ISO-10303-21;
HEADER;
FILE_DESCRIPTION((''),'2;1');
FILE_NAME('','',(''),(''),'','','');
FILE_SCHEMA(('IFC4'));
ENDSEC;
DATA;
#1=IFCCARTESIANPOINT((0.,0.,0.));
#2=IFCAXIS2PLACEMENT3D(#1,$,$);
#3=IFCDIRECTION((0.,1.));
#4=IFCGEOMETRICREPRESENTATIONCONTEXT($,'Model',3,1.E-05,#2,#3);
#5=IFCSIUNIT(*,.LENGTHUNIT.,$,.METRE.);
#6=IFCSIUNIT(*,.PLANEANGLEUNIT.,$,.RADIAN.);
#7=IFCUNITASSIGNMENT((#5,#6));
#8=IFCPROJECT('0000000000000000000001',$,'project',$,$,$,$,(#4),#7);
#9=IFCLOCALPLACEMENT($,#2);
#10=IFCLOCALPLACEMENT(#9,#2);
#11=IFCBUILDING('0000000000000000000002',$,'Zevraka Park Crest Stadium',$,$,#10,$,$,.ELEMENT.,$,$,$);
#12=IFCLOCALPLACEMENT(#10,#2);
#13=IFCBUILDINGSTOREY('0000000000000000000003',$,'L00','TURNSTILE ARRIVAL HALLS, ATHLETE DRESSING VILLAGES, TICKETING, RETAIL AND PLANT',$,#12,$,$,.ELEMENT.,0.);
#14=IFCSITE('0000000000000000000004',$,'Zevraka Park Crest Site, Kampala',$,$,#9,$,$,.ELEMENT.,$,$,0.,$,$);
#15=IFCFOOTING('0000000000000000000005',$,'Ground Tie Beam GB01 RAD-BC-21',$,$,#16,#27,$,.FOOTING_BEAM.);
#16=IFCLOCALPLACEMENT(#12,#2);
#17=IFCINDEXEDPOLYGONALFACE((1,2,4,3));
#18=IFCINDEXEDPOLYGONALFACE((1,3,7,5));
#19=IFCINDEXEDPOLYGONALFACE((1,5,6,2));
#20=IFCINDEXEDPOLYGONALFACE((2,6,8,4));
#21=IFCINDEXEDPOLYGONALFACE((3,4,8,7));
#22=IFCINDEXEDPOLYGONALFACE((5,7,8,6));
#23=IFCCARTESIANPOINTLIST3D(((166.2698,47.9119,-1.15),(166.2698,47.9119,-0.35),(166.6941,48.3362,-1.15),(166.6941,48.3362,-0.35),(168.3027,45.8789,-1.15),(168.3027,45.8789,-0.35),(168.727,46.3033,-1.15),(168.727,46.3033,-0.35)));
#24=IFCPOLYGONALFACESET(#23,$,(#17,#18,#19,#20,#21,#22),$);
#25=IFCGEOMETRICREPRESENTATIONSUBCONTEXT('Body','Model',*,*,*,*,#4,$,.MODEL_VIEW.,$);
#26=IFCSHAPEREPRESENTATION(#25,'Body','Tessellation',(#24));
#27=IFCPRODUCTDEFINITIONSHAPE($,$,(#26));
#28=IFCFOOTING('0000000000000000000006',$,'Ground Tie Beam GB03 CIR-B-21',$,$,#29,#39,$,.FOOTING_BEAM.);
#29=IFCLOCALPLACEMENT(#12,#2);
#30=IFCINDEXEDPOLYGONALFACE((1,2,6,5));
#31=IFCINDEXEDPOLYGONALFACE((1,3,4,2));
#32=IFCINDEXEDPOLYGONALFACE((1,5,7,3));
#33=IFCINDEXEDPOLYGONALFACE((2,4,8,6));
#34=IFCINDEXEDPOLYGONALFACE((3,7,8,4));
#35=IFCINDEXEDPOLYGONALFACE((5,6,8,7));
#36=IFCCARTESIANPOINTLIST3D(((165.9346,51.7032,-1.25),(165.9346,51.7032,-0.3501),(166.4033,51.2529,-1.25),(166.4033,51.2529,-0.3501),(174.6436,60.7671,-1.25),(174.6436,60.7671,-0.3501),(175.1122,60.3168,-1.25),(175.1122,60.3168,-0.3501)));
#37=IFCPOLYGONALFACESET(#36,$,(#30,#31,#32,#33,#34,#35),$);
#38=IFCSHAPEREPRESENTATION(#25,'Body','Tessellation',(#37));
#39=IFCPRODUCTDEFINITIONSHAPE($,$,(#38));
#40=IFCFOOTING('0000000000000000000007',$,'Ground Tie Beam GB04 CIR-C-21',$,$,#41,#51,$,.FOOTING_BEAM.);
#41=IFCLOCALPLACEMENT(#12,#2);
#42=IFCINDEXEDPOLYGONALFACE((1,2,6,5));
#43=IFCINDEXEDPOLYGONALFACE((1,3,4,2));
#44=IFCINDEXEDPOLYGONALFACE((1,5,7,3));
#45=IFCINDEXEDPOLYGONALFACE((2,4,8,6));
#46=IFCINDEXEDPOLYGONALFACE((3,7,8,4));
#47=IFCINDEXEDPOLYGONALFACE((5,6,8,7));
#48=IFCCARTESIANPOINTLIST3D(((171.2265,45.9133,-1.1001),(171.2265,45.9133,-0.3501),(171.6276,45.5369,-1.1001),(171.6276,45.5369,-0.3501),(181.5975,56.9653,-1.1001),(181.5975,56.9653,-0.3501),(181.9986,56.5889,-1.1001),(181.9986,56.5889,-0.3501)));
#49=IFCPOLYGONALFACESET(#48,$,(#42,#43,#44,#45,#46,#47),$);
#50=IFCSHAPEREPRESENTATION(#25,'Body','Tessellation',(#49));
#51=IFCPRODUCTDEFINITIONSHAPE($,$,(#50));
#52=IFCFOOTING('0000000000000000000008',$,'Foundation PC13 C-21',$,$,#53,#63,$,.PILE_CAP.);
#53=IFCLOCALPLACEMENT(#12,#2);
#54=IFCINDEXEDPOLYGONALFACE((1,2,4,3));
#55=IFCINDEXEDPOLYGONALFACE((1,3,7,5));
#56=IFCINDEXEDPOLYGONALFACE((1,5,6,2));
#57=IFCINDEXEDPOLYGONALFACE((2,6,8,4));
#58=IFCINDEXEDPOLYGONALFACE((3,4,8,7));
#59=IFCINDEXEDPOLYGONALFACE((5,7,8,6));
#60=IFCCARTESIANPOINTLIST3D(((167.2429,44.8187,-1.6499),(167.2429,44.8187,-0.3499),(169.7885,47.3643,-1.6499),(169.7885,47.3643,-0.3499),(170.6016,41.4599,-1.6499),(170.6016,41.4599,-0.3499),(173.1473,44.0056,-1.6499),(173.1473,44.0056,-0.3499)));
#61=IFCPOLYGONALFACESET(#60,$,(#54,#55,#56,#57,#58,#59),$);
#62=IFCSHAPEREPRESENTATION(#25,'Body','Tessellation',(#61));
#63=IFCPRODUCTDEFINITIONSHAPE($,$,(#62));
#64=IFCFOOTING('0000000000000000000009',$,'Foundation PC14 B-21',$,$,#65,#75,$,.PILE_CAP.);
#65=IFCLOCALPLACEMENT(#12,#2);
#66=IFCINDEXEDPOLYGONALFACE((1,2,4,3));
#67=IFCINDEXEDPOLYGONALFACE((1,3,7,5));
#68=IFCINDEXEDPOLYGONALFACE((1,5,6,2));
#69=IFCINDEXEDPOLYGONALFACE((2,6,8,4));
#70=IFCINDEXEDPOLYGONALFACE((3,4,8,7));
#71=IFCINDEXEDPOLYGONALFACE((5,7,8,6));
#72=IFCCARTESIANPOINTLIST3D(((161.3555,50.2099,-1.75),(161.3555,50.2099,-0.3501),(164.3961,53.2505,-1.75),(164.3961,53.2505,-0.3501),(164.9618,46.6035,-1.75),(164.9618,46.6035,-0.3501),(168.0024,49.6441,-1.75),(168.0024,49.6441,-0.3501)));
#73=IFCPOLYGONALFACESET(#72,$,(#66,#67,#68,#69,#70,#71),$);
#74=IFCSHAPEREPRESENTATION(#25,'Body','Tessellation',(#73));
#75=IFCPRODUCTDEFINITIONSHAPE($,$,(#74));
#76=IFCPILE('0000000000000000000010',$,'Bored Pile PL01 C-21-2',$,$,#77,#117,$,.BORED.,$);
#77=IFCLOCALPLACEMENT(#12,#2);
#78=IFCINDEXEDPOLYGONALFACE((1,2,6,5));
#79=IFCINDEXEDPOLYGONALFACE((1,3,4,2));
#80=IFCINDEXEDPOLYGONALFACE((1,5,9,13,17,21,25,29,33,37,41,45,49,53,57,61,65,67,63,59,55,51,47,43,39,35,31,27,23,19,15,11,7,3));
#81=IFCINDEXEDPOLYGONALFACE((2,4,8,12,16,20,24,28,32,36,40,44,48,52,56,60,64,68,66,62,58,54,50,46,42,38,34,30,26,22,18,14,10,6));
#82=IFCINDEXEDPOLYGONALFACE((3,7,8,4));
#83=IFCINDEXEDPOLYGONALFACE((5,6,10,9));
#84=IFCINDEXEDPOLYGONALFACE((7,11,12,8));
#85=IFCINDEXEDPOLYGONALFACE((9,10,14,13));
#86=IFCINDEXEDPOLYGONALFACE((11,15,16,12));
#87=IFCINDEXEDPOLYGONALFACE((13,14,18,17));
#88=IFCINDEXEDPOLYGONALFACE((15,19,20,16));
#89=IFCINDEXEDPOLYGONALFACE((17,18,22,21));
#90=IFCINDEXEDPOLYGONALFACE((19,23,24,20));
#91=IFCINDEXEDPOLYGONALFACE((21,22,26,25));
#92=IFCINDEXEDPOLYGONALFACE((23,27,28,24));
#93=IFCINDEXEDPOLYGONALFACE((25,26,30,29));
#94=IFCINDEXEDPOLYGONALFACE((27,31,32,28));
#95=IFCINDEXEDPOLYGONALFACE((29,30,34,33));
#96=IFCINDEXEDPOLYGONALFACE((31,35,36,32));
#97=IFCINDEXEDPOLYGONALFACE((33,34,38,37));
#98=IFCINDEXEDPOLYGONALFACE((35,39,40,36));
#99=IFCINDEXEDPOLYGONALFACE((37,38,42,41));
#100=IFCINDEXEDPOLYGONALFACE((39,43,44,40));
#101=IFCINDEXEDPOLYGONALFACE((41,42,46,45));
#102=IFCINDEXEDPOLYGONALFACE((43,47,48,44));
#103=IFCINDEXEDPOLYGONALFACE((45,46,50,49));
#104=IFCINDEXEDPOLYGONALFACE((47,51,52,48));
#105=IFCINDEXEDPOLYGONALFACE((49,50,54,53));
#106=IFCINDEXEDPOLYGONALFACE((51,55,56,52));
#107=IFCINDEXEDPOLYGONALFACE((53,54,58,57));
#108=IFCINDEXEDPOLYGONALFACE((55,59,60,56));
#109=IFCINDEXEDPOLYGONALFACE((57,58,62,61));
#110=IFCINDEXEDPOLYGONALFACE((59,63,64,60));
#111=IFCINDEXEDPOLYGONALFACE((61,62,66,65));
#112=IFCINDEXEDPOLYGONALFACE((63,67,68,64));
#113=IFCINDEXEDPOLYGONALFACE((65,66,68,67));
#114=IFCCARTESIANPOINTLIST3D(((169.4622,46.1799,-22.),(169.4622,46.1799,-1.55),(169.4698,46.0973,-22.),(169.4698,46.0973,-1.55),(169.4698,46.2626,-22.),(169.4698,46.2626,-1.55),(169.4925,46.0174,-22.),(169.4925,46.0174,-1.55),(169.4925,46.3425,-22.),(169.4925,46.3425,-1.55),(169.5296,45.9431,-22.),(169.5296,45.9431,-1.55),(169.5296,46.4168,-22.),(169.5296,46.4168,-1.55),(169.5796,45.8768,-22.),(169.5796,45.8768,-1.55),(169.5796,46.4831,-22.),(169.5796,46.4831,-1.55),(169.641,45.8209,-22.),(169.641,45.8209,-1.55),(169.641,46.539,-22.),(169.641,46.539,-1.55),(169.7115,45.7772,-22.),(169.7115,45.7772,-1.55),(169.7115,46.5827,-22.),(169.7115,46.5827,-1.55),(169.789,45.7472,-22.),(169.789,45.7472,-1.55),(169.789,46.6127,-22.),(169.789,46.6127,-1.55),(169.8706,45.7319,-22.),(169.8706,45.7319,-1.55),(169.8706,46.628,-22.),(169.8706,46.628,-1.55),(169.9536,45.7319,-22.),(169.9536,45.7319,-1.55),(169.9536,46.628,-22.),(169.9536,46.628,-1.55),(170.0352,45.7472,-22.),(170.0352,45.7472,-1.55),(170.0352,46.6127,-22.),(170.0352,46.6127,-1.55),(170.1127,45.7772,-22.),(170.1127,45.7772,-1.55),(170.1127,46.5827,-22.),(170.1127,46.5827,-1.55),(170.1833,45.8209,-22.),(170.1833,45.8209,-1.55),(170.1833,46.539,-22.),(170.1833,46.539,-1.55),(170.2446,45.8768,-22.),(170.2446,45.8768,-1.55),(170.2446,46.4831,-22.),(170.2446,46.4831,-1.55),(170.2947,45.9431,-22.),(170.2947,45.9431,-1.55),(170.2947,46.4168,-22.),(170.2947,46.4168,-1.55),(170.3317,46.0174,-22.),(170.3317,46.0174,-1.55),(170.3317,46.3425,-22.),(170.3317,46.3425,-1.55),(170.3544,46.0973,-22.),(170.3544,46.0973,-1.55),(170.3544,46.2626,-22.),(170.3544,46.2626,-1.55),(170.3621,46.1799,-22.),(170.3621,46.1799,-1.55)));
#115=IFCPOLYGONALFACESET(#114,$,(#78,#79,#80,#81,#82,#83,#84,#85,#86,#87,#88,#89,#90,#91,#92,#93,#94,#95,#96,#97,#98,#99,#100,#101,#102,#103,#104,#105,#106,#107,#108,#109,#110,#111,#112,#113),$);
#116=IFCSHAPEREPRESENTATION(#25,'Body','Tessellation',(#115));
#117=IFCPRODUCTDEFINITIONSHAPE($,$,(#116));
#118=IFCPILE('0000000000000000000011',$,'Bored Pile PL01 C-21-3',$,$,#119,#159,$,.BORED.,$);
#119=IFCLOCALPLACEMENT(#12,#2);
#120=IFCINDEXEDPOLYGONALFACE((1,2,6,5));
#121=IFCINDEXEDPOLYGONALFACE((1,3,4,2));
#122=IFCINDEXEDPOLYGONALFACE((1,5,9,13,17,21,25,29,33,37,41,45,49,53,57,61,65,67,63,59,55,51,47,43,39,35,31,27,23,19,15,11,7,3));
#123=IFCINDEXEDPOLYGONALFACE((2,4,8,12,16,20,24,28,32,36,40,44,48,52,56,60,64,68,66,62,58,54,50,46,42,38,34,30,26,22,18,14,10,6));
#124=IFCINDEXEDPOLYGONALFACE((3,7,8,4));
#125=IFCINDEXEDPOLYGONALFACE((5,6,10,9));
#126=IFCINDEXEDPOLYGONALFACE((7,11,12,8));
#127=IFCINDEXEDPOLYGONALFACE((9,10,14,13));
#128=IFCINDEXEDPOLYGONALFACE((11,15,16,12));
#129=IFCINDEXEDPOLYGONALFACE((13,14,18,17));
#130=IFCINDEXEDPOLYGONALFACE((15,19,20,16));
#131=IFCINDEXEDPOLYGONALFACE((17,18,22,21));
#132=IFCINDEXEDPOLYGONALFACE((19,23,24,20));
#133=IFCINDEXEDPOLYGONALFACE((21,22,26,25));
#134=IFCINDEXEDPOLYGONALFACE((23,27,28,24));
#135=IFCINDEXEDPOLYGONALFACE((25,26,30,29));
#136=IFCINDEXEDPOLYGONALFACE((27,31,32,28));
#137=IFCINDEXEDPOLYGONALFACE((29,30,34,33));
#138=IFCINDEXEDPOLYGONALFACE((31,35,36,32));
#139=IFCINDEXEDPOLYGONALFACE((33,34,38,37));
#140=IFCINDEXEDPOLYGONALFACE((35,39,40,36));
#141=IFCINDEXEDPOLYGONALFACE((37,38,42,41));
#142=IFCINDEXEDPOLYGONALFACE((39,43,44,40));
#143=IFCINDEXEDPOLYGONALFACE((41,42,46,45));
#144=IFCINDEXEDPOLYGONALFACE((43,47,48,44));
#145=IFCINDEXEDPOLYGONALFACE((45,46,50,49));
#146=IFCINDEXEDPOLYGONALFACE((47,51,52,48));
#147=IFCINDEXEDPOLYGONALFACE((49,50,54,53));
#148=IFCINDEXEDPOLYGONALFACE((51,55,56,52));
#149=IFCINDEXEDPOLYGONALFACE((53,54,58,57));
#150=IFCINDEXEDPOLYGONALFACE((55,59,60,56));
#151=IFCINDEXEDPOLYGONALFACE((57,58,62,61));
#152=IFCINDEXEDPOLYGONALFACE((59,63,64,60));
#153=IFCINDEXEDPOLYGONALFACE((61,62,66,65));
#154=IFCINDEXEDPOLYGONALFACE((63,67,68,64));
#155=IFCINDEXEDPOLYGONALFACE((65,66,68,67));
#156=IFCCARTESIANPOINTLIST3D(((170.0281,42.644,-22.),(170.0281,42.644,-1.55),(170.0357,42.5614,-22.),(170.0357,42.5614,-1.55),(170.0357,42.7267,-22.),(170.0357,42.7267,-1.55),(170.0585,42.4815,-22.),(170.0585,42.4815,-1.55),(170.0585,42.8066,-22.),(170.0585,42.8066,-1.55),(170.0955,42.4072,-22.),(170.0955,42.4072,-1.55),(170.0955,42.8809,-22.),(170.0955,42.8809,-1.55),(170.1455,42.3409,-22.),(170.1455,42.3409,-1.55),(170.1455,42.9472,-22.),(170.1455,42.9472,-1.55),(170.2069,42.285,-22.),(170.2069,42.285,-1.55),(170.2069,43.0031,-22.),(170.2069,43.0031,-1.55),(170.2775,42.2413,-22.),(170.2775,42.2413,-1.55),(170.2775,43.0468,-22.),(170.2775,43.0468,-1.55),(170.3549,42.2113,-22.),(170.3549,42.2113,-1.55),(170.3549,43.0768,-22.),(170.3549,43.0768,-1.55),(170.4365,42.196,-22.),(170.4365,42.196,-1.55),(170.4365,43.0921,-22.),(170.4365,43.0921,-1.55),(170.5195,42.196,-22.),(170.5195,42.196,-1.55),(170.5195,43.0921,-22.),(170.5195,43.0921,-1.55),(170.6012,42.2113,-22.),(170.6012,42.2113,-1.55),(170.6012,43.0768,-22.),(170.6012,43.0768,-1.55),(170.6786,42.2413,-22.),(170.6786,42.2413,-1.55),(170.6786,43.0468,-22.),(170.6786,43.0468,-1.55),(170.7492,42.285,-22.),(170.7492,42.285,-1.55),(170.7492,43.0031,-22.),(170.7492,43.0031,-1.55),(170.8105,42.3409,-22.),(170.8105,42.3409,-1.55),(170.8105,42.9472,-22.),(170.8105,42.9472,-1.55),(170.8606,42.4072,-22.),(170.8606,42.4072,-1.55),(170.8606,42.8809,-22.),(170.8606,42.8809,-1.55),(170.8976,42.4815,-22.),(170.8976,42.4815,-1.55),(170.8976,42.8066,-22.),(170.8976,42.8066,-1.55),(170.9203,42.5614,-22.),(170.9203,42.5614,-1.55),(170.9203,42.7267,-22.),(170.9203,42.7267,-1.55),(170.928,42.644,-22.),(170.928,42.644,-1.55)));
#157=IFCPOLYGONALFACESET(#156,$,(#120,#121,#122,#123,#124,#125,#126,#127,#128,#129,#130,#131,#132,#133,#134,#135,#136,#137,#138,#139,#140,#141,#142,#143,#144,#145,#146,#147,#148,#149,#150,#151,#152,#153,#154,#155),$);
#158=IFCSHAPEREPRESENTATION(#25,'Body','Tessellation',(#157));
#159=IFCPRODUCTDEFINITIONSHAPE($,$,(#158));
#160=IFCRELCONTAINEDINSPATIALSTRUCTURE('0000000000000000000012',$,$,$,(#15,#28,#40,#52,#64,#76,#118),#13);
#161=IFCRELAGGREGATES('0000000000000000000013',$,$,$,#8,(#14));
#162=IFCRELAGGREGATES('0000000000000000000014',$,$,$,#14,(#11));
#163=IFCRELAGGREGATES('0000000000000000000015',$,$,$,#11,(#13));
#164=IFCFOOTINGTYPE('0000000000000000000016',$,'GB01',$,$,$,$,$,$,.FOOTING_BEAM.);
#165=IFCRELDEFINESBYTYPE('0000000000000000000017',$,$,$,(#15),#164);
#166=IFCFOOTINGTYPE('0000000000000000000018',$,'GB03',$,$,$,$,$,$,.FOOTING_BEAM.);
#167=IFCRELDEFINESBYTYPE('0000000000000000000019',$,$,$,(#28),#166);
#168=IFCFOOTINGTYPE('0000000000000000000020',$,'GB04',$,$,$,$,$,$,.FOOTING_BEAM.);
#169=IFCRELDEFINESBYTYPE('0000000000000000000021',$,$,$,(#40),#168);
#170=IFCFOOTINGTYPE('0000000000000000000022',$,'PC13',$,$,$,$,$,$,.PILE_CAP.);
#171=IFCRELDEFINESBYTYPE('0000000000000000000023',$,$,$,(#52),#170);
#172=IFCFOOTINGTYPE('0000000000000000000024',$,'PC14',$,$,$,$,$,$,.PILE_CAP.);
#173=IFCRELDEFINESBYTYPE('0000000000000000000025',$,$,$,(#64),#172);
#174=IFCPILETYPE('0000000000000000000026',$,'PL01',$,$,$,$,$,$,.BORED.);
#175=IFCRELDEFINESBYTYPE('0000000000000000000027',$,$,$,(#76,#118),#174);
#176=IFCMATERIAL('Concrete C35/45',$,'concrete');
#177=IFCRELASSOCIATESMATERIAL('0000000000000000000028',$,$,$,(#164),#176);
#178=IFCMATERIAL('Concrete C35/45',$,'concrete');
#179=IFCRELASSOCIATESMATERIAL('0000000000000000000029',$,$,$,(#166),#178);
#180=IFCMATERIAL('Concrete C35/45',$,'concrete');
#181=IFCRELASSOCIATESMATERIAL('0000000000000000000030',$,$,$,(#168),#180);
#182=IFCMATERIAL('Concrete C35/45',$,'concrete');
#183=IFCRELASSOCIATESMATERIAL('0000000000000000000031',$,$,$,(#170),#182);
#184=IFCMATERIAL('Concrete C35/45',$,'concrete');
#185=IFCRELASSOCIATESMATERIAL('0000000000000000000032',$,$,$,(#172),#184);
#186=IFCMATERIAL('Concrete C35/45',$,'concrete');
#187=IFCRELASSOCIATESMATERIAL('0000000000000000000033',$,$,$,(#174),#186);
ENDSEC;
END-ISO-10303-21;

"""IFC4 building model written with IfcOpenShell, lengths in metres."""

from ifc_helpers import new_model, si_unit, direction, frame, origin, origin_2d, place, context, subcontext, project, spatial, rectangle, circle, extrude, material, material_profile, profile_set, type_object, element, save


model = new_model("IFC4")

# Units and contexts
model_context = context("Model", 3, precision=1e-05, world=origin(), true_north=direction((0.0, 1.0)))
body_context = subcontext(model_context, "Body", "Model", "MODEL_VIEW")
ifc_project = project(units=[si_unit("LENGTHUNIT", "METRE"), si_unit("PLANEANGLEUNIT", "RADIAN")], contexts=[model_context])

# Site, building, storey
site_placement = place(None, origin())
site = spatial("IfcSite", under=ifc_project, at=site_placement, Name="Zevraka Park Crest Site, Kampala", CompositionType="ELEMENT", RefElevation=0.0)
building_placement = place(site_placement, origin())
building = spatial("IfcBuilding", under=site, at=building_placement, Name="Zevraka Park Crest Stadium", CompositionType="ELEMENT")
storey_placement = place(building_placement, origin())
storey = spatial("IfcBuildingStorey", under=building, at=storey_placement, Name="L00", Description="TURNSTILE ARRIVAL HALLS, ATHLETE DRESSING VILLAGES, TICKETING, RETAIL AND PLANT", CompositionType="ELEMENT", Elevation=0.0)

# Footings
ifc_material_1 = material(Name="Concrete C35/45", Category="concrete")
ifc_material_profile_1 = material_profile(ifc_material_1, rectangle(XDim=0.6001, YDim=0.8, at=origin_2d()), Name="GB 800x600")
ifc_profile_set_1 = profile_set([ifc_material_profile_1], Name="Concrete C35/45")
footing_type_1 = type_object("IfcFootingType", Name="GB01", PredefinedType="FOOTING_BEAM", material=ifc_profile_set_1)
footing_1_placement = place(storey_placement, frame((166.4819, 48.124, -0.75), z_axis=(0.707107, -0.707107, 0.0), x_axis=(0.707107, 0.707107, 0.0)))
element("IfcFooting", 1, at=footing_1_placement, inside=storey, type_object=footing_type_1, Name="Ground Tie Beam GB01 RAD-BC-21", PredefinedType="FOOTING_BEAM", context=body_context, shape_type="SweptSolid", body=[
    extrude(rectangle(XDim=0.6001, YDim=0.8, at=origin_2d()), origin(), (0.0, 0.0, 1.0), 2.875),
])
ifc_material_2 = material(Name="Concrete C35/45", Category="concrete")
ifc_material_profile_2 = material_profile(ifc_material_2, rectangle(XDim=0.6499, YDim=0.8999, at=origin_2d()), Name="GB 900x650")
ifc_profile_set_2 = profile_set([ifc_material_profile_2], Name="Concrete C35/45")
footing_type_2 = type_object("IfcFootingType", Name="GB03", PredefinedType="FOOTING_BEAM", material=ifc_profile_set_2)
footing_2_placement = place(storey_placement, frame((166.1689, 51.478, -0.8), z_axis=(0.692846, 0.721086, 0.0), x_axis=(-0.721086, 0.692846, 0.0)))
element("IfcFooting", 2, at=footing_2_placement, inside=storey, type_object=footing_type_2, Name="Ground Tie Beam GB03 CIR-B-21", PredefinedType="FOOTING_BEAM", context=body_context, shape_type="SweptSolid", body=[
    extrude(rectangle(XDim=0.6499, YDim=0.8999, at=origin_2d()), origin(), (0.0, 0.0, 1.0), 12.5698),
])
ifc_material_3 = material(Name="Concrete C35/45", Category="concrete")
ifc_material_profile_3 = material_profile(ifc_material_3, rectangle(XDim=0.55, YDim=0.75, at=origin_2d()), Name="GB 750x550")
ifc_profile_set_3 = profile_set([ifc_material_profile_3], Name="Concrete C35/45")
footing_type_3 = type_object("IfcFootingType", Name="GB04", PredefinedType="FOOTING_BEAM", material=ifc_profile_set_3)
footing_3_placement = place(storey_placement, frame((171.427, 45.7251, -0.7251), z_axis=(0.684287, 0.729213, 0.0), x_axis=(-0.729213, 0.684287, 0.0)))
element("IfcFooting", 3, at=footing_3_placement, inside=storey, type_object=footing_type_3, Name="Ground Tie Beam GB04 CIR-C-21", PredefinedType="FOOTING_BEAM", context=body_context, shape_type="SweptSolid", body=[
    extrude(rectangle(XDim=0.55, YDim=0.75, at=origin_2d()), origin(), (0.0, 0.0, 1.0), 15.156),
])
ifc_material_4 = material(Name="Concrete C35/45", Category="concrete")
footing_type_4 = type_object("IfcFootingType", Name="PC13", PredefinedType="PILE_CAP", material=ifc_material_4)
footing_4_placement = place(storey_placement, frame((170.1951, 44.4121, -1.6499), z_axis=(0.0, 0.0, 1.0), x_axis=(-0.707107, 0.707107, 0.0)))
element("IfcFooting", 4, at=footing_4_placement, inside=storey, type_object=footing_type_4, Name="Foundation PC13 C-21", PredefinedType="PILE_CAP", context=body_context, shape_type="SweptSolid", body=[
    extrude(rectangle(XDim=4.75, YDim=3.6001, at=origin_2d()), origin(), (0.0, 0.0, 1.0), 1.3),
])
ifc_material_5 = material(Name="Concrete C35/45", Category="concrete")
footing_type_5 = type_object("IfcFootingType", Name="PC14", PredefinedType="PILE_CAP", material=ifc_material_5)
footing_5_placement = place(storey_placement, frame((164.679, 49.927, -1.75), z_axis=(0.0, 0.0, 1.0), x_axis=(-0.707107, 0.707107, 0.0)))
element("IfcFooting", 5, at=footing_5_placement, inside=storey, type_object=footing_type_5, Name="Foundation PC14 B-21", PredefinedType="PILE_CAP", context=body_context, shape_type="SweptSolid", body=[
    extrude(rectangle(XDim=5.1001, YDim=4.3, at=origin_2d()), origin(), (0.0, 0.0, 1.0), 1.3999),
])

# Piles
ifc_material_6 = material(Name="Concrete C35/45", Category="concrete")
ifc_material_profile_4 = material_profile(ifc_material_6, circle(Radius=0.45, at=origin_2d()), Name="PILE D900")
ifc_profile_set_4 = profile_set([ifc_material_profile_4], Name="Concrete C35/45")
pile_type_1 = type_object("IfcPileType", Name="PL01", PredefinedType="BORED", material=ifc_profile_set_4)
for number, where, z_axis, x_axis, name in (
    (6, (169.9121, 46.1799, -1.55), (0.0, 0.0, -1.0), (1.0, 0.0, 0.0), "Bored Pile PL01 C-21-2"),
    (7, (170.478, 42.644, -1.55), (0.0, 0.0, -1.0), (1.0, 0.0, 0.0), "Bored Pile PL01 C-21-3"),
):
    element("IfcPile", number, at=place(storey_placement, frame(where, z_axis=z_axis, x_axis=x_axis)), inside=storey, type_object=pile_type_1, Name=name, PredefinedType="BORED", context=body_context, shape_type="SweptSolid", body=[
        extrude(circle(Radius=0.45, at=origin_2d()), origin(), (0.0, 0.0, 1.0), 20.45),
    ])

save(model, "model.ifc")
